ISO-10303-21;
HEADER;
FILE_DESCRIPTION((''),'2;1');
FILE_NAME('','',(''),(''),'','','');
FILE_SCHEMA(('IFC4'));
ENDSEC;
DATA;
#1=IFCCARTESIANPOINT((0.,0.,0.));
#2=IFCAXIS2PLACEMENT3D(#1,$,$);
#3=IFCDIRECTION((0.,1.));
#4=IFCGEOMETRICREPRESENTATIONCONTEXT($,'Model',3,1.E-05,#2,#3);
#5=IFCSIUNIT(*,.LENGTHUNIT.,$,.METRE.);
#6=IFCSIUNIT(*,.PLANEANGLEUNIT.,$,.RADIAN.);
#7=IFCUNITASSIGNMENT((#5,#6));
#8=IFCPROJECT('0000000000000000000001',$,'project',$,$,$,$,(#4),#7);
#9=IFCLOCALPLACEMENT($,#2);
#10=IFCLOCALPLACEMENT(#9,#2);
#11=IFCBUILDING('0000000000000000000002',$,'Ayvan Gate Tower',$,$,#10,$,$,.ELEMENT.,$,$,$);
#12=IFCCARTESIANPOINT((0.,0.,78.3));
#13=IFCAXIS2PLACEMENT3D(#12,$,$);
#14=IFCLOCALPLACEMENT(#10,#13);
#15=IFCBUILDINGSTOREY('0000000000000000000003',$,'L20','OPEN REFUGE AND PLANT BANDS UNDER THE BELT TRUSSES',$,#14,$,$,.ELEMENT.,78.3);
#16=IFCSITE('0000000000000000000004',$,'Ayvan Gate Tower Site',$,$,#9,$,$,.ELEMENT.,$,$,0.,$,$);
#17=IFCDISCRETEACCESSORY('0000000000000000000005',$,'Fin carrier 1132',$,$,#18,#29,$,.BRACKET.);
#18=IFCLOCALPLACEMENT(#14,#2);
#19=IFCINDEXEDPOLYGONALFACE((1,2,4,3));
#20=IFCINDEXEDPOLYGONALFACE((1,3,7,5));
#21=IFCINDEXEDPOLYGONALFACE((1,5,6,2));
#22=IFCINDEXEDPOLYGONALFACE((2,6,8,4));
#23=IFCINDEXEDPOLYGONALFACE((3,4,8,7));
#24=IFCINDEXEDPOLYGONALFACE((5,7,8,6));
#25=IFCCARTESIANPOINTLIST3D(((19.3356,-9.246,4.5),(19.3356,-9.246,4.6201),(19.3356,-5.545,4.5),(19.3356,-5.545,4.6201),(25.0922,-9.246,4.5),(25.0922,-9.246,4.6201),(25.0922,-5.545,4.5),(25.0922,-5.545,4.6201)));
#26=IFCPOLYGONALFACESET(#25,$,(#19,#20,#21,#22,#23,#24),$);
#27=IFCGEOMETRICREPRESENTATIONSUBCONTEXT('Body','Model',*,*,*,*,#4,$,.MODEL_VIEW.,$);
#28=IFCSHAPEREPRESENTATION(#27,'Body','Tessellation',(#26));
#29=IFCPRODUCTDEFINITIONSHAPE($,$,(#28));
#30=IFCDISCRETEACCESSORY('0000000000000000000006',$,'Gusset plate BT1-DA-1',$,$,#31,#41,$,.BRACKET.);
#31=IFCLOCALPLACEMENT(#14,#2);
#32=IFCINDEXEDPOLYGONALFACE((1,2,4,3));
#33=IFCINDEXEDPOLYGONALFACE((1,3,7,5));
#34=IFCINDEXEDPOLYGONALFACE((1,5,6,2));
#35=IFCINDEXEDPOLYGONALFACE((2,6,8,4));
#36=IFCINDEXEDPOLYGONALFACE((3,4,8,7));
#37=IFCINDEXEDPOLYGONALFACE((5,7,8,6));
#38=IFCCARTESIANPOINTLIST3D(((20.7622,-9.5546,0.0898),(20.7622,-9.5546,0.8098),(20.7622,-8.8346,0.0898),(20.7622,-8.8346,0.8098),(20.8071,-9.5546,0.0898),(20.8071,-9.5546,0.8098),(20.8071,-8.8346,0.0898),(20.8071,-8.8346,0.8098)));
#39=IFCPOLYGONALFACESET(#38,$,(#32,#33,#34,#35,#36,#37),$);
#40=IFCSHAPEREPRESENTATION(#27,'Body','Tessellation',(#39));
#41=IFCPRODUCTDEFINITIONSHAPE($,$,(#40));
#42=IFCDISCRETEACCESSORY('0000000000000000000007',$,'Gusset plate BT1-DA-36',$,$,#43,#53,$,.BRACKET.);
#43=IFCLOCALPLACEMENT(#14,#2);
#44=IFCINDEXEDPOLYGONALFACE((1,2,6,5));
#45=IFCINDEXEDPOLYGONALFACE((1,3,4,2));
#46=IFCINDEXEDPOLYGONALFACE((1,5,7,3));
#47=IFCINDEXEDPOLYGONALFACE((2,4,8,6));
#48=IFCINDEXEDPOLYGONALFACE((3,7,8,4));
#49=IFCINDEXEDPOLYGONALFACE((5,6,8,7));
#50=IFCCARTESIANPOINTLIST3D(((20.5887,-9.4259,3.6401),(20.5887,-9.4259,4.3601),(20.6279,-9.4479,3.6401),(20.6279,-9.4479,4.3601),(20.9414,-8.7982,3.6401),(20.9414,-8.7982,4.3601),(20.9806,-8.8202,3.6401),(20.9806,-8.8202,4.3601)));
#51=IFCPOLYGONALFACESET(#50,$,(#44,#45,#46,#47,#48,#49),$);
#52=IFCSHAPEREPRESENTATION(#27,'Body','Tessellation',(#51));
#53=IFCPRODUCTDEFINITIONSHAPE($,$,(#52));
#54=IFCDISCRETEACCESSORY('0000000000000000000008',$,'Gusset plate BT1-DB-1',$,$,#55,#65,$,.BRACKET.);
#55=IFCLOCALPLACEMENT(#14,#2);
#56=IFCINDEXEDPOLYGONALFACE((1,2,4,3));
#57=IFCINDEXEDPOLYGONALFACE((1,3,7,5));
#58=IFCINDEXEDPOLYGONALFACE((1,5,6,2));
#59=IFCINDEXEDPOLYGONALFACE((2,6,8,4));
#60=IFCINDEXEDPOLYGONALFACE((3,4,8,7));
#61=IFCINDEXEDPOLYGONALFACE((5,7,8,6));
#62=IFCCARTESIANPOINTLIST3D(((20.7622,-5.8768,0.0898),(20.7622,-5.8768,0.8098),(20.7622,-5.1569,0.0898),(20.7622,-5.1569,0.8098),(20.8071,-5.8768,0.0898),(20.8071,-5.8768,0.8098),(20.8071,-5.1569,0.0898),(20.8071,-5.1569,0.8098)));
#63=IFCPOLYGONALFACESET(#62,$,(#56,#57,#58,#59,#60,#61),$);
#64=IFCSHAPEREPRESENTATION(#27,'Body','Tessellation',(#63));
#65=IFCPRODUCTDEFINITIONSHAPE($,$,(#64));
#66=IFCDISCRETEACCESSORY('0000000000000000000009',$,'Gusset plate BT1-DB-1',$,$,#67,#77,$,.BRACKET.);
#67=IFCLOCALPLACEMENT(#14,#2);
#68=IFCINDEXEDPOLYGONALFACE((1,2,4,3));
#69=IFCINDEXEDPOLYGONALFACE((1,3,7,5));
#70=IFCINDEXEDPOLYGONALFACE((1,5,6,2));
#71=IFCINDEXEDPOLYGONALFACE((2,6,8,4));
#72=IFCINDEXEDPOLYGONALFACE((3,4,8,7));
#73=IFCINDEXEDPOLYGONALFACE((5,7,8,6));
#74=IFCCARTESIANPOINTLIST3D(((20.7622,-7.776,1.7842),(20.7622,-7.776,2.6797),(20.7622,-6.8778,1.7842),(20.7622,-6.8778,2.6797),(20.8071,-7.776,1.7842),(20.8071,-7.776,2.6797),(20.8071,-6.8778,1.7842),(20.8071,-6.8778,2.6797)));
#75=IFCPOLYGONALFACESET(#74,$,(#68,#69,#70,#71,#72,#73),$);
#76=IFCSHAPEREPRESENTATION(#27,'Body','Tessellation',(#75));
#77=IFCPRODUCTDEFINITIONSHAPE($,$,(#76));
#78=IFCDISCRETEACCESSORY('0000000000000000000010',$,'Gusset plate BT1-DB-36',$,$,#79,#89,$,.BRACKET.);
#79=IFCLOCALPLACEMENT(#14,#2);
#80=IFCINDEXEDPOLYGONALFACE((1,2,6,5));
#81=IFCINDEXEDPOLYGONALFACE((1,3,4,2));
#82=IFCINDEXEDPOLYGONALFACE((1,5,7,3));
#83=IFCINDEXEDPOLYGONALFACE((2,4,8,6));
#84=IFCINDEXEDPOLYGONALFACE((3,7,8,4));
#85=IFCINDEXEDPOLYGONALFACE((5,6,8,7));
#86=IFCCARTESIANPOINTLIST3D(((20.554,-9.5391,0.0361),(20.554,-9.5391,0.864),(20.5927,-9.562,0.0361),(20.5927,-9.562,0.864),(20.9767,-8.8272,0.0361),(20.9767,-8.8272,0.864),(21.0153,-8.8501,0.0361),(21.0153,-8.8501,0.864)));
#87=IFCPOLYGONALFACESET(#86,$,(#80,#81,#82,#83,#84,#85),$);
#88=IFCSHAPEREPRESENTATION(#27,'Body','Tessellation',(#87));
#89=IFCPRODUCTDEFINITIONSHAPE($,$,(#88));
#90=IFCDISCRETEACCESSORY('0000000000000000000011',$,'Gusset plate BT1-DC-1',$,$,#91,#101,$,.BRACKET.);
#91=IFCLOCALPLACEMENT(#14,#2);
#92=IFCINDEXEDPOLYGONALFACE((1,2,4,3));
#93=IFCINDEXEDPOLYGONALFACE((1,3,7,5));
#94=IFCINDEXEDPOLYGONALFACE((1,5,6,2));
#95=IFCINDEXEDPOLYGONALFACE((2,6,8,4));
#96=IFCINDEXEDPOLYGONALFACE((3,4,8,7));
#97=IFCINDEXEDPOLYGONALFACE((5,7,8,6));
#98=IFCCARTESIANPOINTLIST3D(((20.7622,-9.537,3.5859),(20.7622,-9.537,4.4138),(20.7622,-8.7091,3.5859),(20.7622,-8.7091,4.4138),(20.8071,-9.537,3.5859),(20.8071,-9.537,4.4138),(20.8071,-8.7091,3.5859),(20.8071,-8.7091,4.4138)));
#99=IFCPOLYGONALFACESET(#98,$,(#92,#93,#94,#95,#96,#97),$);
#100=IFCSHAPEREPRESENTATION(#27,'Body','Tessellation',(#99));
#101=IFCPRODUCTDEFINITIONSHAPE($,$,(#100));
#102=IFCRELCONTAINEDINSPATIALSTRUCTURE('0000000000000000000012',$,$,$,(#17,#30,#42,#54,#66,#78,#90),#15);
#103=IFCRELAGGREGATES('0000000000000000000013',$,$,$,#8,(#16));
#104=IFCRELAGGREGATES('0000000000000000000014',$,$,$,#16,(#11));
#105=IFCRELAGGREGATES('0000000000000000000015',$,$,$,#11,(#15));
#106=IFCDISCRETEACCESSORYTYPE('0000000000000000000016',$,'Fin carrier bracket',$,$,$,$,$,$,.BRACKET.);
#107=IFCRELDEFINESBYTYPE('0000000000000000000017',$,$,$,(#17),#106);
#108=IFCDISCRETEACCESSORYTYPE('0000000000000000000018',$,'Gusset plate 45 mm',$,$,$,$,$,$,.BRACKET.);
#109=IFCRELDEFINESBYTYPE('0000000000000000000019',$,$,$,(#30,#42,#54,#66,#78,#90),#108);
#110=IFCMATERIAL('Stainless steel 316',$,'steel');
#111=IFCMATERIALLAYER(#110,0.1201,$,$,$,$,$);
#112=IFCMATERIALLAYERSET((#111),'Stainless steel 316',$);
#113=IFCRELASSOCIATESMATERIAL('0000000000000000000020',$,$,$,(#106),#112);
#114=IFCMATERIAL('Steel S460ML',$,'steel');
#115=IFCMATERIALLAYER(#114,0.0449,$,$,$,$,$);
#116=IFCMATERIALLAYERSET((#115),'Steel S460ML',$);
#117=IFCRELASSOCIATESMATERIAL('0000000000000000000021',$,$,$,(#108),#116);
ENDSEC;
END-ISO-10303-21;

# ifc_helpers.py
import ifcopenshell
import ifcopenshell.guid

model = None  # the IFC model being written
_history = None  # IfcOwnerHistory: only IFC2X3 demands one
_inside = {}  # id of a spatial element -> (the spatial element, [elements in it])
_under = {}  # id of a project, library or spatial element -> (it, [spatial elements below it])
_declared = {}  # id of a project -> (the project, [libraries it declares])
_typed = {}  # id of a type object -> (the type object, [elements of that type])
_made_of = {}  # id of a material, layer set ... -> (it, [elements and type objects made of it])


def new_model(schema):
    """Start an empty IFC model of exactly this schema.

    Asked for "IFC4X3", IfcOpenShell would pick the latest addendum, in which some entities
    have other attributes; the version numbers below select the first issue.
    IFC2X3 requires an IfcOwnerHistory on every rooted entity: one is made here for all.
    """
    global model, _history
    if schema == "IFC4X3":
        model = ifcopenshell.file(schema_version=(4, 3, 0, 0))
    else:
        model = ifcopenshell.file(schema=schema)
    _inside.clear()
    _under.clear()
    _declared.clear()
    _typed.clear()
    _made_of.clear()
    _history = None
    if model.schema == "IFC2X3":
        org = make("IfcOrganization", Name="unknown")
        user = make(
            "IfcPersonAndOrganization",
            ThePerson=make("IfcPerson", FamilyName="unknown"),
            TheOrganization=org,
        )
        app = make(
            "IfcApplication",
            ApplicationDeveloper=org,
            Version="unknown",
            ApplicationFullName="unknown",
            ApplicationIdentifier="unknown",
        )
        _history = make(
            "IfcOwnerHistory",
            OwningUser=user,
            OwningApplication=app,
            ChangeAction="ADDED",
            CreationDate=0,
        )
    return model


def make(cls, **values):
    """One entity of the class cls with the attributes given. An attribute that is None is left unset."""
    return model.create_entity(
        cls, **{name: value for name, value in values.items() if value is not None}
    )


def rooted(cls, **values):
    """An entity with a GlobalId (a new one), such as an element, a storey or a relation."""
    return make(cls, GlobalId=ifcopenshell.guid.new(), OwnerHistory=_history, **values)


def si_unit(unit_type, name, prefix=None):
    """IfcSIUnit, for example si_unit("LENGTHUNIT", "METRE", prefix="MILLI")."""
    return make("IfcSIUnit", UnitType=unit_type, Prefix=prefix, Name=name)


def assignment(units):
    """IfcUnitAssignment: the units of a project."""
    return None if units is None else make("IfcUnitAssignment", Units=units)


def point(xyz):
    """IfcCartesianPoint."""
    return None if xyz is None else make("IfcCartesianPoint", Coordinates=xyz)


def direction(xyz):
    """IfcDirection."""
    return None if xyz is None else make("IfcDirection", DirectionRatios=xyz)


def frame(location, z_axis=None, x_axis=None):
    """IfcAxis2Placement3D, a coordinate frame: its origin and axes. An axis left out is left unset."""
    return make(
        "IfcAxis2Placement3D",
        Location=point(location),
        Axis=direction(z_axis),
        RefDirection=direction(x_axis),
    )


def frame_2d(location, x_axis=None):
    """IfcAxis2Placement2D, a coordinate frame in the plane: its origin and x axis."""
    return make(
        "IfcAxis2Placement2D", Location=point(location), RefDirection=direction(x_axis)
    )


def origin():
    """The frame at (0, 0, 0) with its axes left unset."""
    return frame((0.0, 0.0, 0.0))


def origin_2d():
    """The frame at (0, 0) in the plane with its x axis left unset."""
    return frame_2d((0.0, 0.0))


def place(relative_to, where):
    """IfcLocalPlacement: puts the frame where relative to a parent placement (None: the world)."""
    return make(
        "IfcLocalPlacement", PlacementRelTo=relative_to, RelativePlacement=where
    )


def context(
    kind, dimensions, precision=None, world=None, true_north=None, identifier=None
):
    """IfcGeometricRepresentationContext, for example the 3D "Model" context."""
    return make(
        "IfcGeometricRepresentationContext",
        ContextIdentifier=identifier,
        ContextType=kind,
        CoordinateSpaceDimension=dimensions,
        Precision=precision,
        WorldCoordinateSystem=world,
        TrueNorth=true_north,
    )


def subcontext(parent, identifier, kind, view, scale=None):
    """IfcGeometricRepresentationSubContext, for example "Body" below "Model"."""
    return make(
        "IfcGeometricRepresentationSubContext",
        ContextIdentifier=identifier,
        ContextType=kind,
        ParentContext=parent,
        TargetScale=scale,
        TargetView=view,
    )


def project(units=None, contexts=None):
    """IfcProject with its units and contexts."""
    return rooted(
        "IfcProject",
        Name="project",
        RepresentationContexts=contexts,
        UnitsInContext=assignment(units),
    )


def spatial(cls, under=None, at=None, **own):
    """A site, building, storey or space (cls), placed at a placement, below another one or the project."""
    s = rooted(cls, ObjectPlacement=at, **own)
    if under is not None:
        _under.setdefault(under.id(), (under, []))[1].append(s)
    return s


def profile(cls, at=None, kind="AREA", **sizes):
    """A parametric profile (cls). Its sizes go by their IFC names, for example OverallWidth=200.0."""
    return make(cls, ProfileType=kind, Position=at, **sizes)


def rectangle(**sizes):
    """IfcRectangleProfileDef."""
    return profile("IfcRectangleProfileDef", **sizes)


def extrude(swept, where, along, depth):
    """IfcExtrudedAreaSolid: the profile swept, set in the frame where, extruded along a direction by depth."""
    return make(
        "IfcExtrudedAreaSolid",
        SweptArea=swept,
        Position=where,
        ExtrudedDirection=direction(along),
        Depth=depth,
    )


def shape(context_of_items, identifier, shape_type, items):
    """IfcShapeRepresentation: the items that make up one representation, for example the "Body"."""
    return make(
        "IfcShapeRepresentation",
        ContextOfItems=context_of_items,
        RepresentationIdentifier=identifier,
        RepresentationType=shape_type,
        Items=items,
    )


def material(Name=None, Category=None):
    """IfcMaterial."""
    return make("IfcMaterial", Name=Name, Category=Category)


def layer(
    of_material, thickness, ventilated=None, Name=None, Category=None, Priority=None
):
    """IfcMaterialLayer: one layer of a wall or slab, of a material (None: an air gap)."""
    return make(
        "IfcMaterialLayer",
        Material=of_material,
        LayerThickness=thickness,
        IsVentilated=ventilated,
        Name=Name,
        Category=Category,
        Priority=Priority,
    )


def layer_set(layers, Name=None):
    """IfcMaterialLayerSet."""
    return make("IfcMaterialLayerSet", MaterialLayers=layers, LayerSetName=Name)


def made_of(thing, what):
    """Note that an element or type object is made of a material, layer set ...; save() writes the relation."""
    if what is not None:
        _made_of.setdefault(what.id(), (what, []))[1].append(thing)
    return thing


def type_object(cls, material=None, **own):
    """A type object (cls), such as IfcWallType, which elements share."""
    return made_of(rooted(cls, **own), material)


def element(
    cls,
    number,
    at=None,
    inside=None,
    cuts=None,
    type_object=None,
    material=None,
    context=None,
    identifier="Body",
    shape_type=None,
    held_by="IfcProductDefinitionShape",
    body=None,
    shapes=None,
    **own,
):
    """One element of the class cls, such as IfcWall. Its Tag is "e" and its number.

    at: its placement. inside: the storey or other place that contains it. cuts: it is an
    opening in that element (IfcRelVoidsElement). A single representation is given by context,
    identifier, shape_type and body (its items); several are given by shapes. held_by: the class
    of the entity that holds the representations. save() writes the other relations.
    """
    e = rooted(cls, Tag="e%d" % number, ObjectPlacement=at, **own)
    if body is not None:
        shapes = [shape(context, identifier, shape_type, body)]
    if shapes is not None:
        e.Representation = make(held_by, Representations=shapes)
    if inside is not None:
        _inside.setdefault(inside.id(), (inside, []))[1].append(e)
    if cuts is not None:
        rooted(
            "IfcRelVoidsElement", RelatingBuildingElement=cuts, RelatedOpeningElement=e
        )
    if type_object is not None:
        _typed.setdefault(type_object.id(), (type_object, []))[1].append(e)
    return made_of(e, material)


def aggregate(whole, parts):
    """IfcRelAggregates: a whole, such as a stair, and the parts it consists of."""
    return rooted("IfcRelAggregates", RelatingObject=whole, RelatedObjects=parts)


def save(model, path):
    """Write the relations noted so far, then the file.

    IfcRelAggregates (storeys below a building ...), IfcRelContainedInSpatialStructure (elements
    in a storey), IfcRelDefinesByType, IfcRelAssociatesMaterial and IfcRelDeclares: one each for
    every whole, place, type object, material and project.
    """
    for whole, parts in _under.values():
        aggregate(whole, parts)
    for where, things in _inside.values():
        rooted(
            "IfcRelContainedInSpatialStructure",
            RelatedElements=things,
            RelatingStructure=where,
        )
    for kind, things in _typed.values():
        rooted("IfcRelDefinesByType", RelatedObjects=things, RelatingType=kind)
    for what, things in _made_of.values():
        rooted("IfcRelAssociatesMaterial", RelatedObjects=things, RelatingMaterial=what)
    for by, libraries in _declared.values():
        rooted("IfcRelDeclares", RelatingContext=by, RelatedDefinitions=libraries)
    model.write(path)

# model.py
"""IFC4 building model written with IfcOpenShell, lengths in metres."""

from ifc_helpers import new_model, si_unit, direction, frame, origin, origin_2d, place, context, subcontext, project, spatial, rectangle, extrude, material, layer, layer_set, type_object, element, save


model = new_model("IFC4")

# Units and contexts
model_context = context("Model", 3, precision=1e-05, world=origin(), true_north=direction((0.0, 1.0)))
body_context = subcontext(model_context, "Body", "Model", "MODEL_VIEW")
ifc_project = project(units=[si_unit("LENGTHUNIT", "METRE"), si_unit("PLANEANGLEUNIT", "RADIAN")], contexts=[model_context])

# Site, building, storey
site_placement = place(None, origin())
site = spatial("IfcSite", under=ifc_project, at=site_placement, Name="Ayvan Gate Tower Site", CompositionType="ELEMENT", RefElevation=0.0)
building_placement = place(site_placement, origin())
building = spatial("IfcBuilding", under=site, at=building_placement, Name="Ayvan Gate Tower", CompositionType="ELEMENT")
storey_placement = place(building_placement, frame((0.0, 0.0, 78.3)))
storey = spatial("IfcBuildingStorey", under=building, at=storey_placement, Name="L20", Description="OPEN REFUGE AND PLANT BANDS UNDER THE BELT TRUSSES", CompositionType="ELEMENT", Elevation=78.3)

# Shared definitions
ifc_material_1 = material(Name="Steel S460ML", Category="steel")

# Discrete accessories
ifc_material_2 = material(Name="Stainless steel 316", Category="steel")
ifc_layer_1 = layer(ifc_material_2, 0.1201)
ifc_layer_set_1 = layer_set([ifc_layer_1], Name="Stainless steel 316")
discrete_accessory_type_1 = type_object("IfcDiscreteAccessoryType", Name="Fin carrier bracket", PredefinedType="BRACKET", material=ifc_layer_set_1)
discrete_accessory_1_placement = place(storey_placement, frame((22.2139, -7.3955, 4.5), z_axis=(0.0, 0.0, 1.0), x_axis=(0.0, 1.0, 0.0)))
element("IfcDiscreteAccessory", 1, at=discrete_accessory_1_placement, inside=storey, type_object=discrete_accessory_type_1, Name="Fin carrier 1132", PredefinedType="BRACKET", context=body_context, shape_type="SweptSolid", body=[
    extrude(rectangle(XDim=3.7009, YDim=5.7566, at=origin_2d()), origin(), (0.0, 0.0, 1.0), 0.1201),
])
ifc_layer_2 = layer(ifc_material_1, 0.0449)
ifc_layer_set_2 = layer_set([ifc_layer_2], Name="Steel S460ML")
discrete_accessory_type_2 = type_object("IfcDiscreteAccessoryType", Name="Gusset plate 45 mm", PredefinedType="BRACKET", material=ifc_layer_set_2)
for number, where, z_axis, x_axis, name in (
    (2, (20.7847, -9.1946, 0.0898), (0.0, 0.0, 1.0), (0.0, 1.0, 0.0), "Gusset plate BT1-DA-1"),
    (3, (20.7847, -9.123, 3.6401), (0.0, 0.0, 1.0), (0.489848, 0.871808, 0.0), "Gusset plate BT1-DA-36"),
    (4, (20.7847, -5.5168, 0.0898), (0.0, 0.0, 1.0), (0.0, 1.0, 0.0), "Gusset plate BT1-DB-1"),
):
    element("IfcDiscreteAccessory", number, at=place(storey_placement, frame(where, z_axis=z_axis, x_axis=x_axis)), inside=storey, type_object=discrete_accessory_type_2, Name=name, PredefinedType="BRACKET", context=body_context, shape_type="SweptSolid", body=[
        extrude(rectangle(XDim=0.72, YDim=0.0449, at=origin_2d()), origin(), (0.0, 0.0, 1.0), 0.72),
    ])
discrete_accessory_2_placement = place(storey_placement, frame((20.7847, -7.3269, 1.7842), z_axis=(0.0, 0.0, 1.0), x_axis=(0.0, 1.0, 0.0)))
element("IfcDiscreteAccessory", 5, at=discrete_accessory_2_placement, inside=storey, type_object=discrete_accessory_type_2, Name="Gusset plate BT1-DB-1", PredefinedType="BRACKET", context=body_context, shape_type="SweptSolid", body=[
    extrude(rectangle(XDim=0.8982, YDim=0.0449, at=origin_2d()), origin(), (0.0, 0.0, 1.0), 0.8955),
])
for number, where, z_axis, x_axis, name in (
    (6, (20.7847, -9.1946, 0.0361), (0.0, 0.0, 1.0), (0.510507, 0.859874, 0.0), "Gusset plate BT1-DB-36"),
    (7, (20.7847, -9.123, 3.5859), (0.0, 0.0, 1.0), (0.0, 1.0, 0.0), "Gusset plate BT1-DC-1"),
):
    element("IfcDiscreteAccessory", number, at=place(storey_placement, frame(where, z_axis=z_axis, x_axis=x_axis)), inside=storey, type_object=discrete_accessory_type_2, Name=name, PredefinedType="BRACKET", context=body_context, shape_type="SweptSolid", body=[
        extrude(rectangle(XDim=0.8279, YDim=0.0449, at=origin_2d()), origin(), (0.0, 0.0, 1.0), 0.8279),
    ])

save(model, "model.ifc")
